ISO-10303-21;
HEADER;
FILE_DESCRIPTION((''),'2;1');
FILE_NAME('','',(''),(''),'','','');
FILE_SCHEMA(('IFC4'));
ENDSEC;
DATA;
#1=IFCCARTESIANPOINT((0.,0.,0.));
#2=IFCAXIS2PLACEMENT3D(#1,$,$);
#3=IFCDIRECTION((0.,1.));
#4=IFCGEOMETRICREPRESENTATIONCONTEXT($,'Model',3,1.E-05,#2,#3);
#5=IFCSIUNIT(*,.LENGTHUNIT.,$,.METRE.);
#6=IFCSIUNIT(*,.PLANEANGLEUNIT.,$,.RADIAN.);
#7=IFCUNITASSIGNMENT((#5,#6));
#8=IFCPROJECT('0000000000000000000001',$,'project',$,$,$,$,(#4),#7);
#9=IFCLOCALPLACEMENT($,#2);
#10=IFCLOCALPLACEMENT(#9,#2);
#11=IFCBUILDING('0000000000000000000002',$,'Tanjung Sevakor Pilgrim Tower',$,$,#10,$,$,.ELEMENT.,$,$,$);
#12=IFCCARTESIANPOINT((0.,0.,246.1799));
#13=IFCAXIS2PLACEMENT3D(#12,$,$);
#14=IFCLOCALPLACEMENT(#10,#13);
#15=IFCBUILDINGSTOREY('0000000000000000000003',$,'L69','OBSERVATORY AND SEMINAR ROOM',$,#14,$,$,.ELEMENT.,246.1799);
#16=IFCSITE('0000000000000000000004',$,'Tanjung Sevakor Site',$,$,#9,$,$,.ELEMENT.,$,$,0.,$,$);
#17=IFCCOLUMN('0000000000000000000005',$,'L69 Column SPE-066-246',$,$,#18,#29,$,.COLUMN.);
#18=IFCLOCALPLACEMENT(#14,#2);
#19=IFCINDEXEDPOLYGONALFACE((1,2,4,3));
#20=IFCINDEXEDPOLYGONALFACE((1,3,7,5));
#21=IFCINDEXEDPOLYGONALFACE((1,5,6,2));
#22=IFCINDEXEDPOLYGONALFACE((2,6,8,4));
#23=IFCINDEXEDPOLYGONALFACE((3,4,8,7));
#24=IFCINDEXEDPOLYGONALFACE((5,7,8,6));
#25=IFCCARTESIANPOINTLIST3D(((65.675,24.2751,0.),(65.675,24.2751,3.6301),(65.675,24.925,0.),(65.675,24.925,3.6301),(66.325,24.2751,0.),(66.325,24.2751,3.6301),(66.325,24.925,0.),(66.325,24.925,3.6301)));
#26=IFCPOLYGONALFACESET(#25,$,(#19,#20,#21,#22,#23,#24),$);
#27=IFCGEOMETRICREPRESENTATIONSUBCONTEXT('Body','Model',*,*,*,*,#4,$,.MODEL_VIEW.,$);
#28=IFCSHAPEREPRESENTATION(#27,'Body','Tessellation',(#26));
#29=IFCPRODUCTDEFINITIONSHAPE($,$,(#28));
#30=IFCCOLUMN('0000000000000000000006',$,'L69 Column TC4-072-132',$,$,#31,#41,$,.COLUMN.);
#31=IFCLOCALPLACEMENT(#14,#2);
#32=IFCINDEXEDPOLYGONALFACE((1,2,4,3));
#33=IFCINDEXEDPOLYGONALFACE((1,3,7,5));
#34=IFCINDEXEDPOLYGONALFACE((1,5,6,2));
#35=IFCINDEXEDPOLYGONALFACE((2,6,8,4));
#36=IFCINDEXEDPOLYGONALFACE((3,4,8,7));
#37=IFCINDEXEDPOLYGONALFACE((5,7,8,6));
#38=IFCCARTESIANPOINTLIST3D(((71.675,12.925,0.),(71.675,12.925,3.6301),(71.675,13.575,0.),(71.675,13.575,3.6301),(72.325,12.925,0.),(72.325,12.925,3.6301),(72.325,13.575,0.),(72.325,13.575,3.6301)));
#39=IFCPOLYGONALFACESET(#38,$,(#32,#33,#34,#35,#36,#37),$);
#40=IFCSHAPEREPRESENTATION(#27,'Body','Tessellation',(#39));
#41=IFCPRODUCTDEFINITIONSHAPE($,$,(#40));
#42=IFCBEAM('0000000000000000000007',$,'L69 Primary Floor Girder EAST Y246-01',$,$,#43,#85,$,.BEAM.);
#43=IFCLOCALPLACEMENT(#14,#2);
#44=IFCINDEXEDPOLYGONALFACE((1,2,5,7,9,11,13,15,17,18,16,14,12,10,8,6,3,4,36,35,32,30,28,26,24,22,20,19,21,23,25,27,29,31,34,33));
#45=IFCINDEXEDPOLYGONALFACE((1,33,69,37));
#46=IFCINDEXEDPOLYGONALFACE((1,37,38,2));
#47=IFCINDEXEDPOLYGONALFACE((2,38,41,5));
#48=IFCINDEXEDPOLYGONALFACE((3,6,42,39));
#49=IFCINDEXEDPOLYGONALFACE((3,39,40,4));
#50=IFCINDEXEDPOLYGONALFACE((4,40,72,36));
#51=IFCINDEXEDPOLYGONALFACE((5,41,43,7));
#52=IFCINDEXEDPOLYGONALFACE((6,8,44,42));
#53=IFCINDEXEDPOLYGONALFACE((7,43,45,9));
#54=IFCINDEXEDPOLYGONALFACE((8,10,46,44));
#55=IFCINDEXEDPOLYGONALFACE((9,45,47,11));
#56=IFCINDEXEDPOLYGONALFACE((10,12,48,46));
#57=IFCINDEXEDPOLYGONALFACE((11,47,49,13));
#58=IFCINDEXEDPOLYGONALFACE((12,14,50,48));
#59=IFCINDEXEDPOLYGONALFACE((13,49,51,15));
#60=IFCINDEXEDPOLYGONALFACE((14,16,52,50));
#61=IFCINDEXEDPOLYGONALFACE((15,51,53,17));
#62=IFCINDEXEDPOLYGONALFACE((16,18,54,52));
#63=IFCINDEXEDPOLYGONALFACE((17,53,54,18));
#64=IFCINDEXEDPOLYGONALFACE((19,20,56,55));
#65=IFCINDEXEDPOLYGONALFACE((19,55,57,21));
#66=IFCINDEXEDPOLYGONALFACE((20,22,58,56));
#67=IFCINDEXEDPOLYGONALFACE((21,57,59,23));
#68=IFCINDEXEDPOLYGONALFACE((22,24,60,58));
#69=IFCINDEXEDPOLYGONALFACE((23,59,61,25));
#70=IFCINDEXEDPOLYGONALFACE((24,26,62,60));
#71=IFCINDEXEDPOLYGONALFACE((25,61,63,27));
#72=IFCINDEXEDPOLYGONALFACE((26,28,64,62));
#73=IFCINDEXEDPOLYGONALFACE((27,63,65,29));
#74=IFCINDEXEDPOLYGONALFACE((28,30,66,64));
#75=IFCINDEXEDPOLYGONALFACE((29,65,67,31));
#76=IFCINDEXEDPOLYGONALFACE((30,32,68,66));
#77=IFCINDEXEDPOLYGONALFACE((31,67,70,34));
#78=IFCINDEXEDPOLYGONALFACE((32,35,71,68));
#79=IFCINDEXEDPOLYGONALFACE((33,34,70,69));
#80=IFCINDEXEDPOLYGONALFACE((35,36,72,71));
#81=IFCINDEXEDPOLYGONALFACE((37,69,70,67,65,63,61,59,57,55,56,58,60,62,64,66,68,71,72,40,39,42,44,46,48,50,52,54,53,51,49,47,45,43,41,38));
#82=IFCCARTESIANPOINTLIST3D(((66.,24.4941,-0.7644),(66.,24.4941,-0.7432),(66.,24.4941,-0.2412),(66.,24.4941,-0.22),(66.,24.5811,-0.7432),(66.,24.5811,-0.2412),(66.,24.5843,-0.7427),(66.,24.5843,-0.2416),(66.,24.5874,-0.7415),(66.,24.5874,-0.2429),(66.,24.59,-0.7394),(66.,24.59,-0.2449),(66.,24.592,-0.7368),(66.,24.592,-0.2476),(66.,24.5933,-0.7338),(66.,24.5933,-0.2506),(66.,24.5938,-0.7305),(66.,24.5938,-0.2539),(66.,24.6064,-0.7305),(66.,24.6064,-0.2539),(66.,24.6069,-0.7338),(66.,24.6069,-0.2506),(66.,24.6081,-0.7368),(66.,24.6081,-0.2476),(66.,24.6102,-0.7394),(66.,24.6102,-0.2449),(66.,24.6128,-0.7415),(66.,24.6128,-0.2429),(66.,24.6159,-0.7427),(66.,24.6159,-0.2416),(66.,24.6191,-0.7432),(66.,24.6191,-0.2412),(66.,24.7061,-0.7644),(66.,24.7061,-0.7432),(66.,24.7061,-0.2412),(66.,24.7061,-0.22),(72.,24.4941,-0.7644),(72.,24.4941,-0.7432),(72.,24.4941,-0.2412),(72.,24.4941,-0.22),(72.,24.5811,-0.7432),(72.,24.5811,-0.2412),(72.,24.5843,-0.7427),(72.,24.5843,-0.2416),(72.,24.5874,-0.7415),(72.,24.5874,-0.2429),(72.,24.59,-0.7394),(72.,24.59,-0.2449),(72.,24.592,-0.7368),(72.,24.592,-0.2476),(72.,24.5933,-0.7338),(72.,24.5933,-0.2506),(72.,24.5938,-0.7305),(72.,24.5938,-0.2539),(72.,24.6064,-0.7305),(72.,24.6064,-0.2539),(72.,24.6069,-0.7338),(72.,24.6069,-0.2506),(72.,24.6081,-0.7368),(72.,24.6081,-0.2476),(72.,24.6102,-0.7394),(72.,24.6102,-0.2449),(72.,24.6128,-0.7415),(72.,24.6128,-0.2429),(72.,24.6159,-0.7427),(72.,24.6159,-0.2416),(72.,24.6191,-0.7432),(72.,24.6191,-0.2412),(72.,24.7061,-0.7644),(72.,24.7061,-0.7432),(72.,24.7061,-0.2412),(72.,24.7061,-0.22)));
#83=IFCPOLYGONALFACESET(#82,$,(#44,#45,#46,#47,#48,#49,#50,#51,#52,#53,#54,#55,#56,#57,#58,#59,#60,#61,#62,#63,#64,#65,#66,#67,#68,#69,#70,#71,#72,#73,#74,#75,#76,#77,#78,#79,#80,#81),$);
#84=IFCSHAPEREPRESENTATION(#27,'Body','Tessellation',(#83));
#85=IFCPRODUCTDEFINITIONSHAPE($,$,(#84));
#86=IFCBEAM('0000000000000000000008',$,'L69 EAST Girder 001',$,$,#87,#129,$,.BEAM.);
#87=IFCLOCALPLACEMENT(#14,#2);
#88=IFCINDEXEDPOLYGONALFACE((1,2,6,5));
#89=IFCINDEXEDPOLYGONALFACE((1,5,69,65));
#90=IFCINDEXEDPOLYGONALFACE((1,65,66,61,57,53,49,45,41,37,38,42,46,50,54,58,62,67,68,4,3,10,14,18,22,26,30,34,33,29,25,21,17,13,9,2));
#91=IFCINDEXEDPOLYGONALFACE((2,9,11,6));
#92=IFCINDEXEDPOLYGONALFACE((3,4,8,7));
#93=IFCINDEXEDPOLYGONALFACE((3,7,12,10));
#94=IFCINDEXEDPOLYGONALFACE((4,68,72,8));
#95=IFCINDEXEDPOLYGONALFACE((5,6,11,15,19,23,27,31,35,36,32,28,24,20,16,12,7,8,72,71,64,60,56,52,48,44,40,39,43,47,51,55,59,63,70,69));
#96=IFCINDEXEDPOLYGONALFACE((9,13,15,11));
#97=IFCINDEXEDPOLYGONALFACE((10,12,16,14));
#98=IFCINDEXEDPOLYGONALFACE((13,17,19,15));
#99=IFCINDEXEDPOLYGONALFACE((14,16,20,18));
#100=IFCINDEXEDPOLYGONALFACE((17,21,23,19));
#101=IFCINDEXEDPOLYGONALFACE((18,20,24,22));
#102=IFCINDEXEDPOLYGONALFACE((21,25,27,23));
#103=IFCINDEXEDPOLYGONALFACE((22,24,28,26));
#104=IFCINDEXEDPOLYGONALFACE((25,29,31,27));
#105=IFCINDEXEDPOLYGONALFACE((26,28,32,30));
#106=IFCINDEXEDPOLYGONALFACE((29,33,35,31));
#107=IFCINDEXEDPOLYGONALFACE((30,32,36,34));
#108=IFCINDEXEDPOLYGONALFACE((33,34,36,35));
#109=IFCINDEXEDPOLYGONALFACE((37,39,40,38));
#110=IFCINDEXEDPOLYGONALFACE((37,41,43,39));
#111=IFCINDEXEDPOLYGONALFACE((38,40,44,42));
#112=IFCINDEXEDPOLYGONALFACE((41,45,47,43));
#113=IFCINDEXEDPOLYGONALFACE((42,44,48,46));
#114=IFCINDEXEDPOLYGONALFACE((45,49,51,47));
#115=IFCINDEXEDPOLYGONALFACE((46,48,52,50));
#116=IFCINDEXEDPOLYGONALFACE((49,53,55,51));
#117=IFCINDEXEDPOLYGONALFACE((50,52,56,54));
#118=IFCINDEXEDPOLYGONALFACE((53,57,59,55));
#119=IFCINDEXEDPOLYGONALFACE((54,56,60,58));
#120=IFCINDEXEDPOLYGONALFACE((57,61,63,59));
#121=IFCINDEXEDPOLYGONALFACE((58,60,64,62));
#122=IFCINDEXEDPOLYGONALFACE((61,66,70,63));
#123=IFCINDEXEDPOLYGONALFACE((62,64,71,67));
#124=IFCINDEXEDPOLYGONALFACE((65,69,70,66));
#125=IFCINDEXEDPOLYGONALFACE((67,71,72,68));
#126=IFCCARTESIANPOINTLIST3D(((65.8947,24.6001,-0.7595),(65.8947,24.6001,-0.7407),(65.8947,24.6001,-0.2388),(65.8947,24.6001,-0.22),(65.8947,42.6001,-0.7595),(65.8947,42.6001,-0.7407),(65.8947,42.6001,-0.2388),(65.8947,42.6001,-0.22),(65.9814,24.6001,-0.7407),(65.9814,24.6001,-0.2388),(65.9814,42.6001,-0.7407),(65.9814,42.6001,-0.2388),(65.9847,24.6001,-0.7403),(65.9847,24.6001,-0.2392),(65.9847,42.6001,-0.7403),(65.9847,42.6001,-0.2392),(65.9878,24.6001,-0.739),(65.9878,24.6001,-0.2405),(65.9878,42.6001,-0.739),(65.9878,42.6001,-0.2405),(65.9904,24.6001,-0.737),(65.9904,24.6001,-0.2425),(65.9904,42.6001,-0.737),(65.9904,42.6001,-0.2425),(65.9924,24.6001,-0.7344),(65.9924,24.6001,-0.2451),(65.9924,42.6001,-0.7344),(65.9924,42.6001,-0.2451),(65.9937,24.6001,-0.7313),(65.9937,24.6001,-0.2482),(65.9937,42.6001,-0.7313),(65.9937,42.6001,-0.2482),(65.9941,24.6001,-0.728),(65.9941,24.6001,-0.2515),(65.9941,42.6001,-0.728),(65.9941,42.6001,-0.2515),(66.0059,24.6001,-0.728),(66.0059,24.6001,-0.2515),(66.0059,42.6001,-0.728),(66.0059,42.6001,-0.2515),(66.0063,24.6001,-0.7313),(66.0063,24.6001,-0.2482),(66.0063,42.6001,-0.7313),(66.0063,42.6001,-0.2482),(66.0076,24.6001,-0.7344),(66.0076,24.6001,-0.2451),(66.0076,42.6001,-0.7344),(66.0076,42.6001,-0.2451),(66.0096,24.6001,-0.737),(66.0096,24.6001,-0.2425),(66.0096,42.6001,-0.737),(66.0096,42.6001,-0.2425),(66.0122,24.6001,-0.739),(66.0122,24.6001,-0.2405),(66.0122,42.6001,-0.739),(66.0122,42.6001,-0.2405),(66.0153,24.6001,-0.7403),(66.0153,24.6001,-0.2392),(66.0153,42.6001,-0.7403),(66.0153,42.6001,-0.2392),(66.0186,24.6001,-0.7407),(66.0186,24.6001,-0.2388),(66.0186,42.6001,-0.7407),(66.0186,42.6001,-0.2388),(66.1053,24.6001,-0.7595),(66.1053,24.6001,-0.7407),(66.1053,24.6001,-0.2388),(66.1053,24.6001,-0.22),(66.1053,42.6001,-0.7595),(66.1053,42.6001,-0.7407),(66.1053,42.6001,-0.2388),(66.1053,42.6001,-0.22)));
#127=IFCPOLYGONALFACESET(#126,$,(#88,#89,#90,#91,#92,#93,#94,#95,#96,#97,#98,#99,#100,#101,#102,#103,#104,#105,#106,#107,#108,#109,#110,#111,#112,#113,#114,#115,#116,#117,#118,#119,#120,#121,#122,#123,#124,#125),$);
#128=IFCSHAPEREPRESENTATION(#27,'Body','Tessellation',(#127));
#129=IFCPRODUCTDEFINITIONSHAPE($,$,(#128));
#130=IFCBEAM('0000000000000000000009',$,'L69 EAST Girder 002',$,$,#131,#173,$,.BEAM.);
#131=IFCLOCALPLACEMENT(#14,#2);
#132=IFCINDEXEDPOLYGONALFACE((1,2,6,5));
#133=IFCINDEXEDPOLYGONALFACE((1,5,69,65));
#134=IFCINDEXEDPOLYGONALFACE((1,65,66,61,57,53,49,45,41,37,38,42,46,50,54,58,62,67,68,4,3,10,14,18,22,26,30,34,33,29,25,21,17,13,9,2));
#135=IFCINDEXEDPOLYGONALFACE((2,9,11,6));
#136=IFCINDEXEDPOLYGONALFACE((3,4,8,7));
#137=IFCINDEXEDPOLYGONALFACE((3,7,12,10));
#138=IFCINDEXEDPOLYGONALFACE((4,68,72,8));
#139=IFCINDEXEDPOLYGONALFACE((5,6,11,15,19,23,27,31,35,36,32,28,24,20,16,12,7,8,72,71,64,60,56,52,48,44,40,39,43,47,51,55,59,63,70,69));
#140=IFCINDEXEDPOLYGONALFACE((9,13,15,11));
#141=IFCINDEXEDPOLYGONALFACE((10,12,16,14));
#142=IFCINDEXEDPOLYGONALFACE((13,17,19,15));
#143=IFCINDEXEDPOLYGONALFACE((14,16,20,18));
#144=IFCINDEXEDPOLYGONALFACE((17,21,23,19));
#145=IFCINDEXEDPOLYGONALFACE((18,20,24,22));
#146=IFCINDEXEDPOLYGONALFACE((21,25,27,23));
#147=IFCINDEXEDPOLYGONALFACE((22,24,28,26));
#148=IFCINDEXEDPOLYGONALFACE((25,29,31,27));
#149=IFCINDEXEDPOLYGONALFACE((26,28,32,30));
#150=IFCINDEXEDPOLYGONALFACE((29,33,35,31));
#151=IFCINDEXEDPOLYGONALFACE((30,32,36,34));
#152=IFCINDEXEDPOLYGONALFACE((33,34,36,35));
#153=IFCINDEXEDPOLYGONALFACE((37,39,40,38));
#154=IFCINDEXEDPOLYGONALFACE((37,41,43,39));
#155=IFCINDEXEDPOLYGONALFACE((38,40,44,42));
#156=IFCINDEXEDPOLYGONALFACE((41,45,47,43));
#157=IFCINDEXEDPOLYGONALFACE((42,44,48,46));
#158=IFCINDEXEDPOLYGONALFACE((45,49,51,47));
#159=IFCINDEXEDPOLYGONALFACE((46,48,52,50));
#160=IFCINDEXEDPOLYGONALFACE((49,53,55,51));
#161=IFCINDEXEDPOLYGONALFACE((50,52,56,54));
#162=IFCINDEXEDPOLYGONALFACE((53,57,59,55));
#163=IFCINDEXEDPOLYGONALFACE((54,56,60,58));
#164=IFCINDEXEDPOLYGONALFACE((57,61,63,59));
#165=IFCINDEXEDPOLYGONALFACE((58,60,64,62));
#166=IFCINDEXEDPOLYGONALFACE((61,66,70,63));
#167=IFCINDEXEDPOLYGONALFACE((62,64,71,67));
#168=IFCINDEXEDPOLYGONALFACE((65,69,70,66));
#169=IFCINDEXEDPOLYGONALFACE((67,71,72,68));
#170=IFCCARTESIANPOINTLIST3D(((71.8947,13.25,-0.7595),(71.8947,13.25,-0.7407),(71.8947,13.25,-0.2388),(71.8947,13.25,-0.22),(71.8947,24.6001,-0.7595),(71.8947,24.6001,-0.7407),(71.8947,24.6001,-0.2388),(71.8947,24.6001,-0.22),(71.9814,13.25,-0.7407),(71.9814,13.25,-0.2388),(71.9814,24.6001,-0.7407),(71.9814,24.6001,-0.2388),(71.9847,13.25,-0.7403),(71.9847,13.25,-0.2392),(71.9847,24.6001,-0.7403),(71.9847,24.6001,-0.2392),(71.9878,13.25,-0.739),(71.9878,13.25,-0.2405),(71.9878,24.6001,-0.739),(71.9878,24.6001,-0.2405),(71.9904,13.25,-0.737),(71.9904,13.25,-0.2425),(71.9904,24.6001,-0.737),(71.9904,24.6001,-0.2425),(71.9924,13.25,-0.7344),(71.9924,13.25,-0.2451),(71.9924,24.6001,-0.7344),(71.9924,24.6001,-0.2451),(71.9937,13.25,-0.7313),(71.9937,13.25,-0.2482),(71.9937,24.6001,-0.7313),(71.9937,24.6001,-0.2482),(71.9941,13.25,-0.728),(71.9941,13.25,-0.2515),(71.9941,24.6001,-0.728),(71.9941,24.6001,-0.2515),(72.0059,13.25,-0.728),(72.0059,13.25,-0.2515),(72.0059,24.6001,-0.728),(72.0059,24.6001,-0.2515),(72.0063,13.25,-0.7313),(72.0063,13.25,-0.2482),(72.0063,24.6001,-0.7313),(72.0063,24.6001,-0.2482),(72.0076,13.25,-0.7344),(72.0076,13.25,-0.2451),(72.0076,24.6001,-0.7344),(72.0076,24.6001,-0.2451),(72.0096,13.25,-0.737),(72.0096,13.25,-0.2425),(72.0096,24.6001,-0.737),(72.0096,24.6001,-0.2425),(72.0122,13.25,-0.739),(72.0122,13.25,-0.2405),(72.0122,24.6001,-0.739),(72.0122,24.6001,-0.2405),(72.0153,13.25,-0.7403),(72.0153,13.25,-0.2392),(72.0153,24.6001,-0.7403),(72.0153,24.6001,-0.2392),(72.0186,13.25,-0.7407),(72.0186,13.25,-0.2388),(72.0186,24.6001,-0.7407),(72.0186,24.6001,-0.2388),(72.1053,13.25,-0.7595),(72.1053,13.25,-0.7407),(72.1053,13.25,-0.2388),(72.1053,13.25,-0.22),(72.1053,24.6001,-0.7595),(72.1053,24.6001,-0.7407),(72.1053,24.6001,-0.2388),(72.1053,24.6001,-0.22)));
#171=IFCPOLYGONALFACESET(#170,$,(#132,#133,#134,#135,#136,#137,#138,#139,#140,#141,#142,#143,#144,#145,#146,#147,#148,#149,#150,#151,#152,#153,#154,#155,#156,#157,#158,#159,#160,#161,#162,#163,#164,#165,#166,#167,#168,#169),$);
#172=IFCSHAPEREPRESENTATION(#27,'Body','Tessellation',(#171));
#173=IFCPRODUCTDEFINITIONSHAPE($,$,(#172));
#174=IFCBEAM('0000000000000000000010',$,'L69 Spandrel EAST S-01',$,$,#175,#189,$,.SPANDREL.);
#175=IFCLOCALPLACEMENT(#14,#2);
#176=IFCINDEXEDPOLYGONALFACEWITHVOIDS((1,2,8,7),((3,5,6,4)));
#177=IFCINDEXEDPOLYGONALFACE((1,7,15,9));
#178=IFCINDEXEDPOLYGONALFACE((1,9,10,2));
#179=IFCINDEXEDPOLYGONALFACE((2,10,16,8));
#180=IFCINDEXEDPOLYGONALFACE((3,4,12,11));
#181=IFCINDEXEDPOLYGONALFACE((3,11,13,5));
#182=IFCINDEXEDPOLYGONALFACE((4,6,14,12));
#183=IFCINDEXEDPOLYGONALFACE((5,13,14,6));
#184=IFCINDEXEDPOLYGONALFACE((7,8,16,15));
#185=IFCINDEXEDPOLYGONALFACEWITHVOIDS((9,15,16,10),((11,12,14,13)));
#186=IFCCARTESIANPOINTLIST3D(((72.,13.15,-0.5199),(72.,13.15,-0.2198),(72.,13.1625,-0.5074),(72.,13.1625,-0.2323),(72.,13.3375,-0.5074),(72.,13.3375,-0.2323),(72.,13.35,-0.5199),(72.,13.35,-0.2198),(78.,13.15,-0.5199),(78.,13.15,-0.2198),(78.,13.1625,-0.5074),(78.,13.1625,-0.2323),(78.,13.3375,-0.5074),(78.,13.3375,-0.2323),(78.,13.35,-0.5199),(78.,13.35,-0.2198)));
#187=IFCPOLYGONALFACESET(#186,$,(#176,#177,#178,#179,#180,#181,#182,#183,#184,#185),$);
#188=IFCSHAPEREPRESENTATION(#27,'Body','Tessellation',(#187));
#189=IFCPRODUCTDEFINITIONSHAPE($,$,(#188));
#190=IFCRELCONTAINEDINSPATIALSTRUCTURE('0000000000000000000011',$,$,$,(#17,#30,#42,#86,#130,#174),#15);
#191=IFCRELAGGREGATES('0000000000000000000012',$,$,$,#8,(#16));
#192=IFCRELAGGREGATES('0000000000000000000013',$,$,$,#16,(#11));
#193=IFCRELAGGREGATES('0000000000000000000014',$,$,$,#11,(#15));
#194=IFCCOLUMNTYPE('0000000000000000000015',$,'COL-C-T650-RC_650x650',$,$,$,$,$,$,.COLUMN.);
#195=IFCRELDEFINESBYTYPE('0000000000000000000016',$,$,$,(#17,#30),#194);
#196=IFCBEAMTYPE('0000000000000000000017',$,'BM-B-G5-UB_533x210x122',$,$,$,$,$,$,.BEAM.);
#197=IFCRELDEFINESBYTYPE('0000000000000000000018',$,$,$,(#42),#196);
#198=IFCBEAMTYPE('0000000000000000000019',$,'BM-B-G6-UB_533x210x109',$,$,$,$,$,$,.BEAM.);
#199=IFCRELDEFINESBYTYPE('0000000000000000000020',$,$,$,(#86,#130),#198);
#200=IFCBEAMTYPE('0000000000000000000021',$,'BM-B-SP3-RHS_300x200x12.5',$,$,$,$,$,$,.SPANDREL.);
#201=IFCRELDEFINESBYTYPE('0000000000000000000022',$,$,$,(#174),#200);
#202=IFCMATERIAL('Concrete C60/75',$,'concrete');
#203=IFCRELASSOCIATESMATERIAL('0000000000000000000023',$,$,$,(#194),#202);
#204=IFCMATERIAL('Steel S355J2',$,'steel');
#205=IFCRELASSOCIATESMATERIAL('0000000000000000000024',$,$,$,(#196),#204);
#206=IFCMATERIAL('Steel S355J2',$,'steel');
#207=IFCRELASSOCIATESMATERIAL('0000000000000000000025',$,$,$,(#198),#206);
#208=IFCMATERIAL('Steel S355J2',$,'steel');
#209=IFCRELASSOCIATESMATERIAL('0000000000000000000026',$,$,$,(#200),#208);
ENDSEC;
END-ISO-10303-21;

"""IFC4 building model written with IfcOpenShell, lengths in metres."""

from ifc_helpers import new_model, si_unit, direction, frame, origin, origin_2d, place, context, subcontext, project, spatial, rectangle, hollow_rectangle, i_section, extrude, material, material_profile, profile_set, type_object, element, save


model = new_model("IFC4")

# Units and contexts
model_context = context("Model", 3, precision=1e-05, world=origin(), true_north=direction((0.0, 1.0)))
body_context = subcontext(model_context, "Body", "Model", "MODEL_VIEW")
ifc_project = project(units=[si_unit("LENGTHUNIT", "METRE"), si_unit("PLANEANGLEUNIT", "RADIAN")], contexts=[model_context])

# Site, building, storey
site_placement = place(None, origin())
site = spatial("IfcSite", under=ifc_project, at=site_placement, Name="Tanjung Sevakor Site", CompositionType="ELEMENT", RefElevation=0.0)
building_placement = place(site_placement, origin())
building = spatial("IfcBuilding", under=site, at=building_placement, Name="Tanjung Sevakor Pilgrim Tower", CompositionType="ELEMENT")
storey_placement = place(building_placement, frame((0.0, 0.0, 246.1799)))
storey = spatial("IfcBuildingStorey", under=building, at=storey_placement, Name="L69", Description="OBSERVATORY AND SEMINAR ROOM", CompositionType="ELEMENT", Elevation=246.1799)

# Columns
ifc_material_1 = material(Name="Concrete C60/75", Category="concrete")
ifc_material_profile_1 = material_profile(ifc_material_1, rectangle(XDim=0.6499, YDim=0.6499, at=origin_2d()))
ifc_profile_set_1 = profile_set([ifc_material_profile_1], Name="Concrete C60/75")
column_type = type_object("IfcColumnType", Name="COL-C-T650-RC_650x650", PredefinedType="COLUMN", material=ifc_profile_set_1)
for number, where, z_axis, x_axis, name in (
    (1, (66.0, 24.6001, 0.0), (0.0, 0.0, 1.0), (1.0, 0.0, 0.0), "L69 Column SPE-066-246"),
    (2, (72.0, 13.25, 0.0), (0.0, 0.0, 1.0), (1.0, 0.0, 0.0), "L69 Column TC4-072-132"),
):
    element("IfcColumn", number, at=place(storey_placement, frame(where, z_axis=z_axis, x_axis=x_axis)), inside=storey, type_object=column_type, Name=name, PredefinedType="COLUMN", context=body_context, shape_type="SweptSolid", body=[
        extrude(rectangle(XDim=0.6499, YDim=0.6499, at=origin_2d()), origin(), (0.0, 0.0, 1.0), 3.6301),
    ])

# Beams
ifc_material_2 = material(Name="Steel S355J2", Category="steel")
ifc_material_profile_2 = material_profile(ifc_material_2, i_section(OverallWidth=0.2119, OverallDepth=0.5444, WebThickness=0.0127, FlangeThickness=0.0212, FilletRadius=0.0127, at=origin_2d()))
ifc_profile_set_2 = profile_set([ifc_material_profile_2], Name="Steel S355J2")
beam_type_1 = type_object("IfcBeamType", Name="BM-B-G5-UB_533x210x122", PredefinedType="BEAM", material=ifc_profile_set_2)
beam_1_placement = place(storey_placement, frame((66.0, 24.6001, -0.4922), z_axis=(1.0, 0.0, 0.0), x_axis=(0.0, 1.0, 0.0)))
element("IfcBeam", 3, at=beam_1_placement, inside=storey, type_object=beam_type_1, Name="L69 Primary Floor Girder EAST Y246-01", PredefinedType="BEAM", context=body_context, shape_type="SweptSolid", body=[
    extrude(i_section(OverallWidth=0.2119, OverallDepth=0.5444, WebThickness=0.0127, FlangeThickness=0.0212, FilletRadius=0.0127, at=origin_2d()), origin(), (0.0, 0.0, 1.0), 6.0),
])
ifc_material_3 = material(Name="Steel S355J2", Category="steel")
ifc_material_profile_3 = material_profile(ifc_material_3, i_section(OverallWidth=0.2107, OverallDepth=0.5396, WebThickness=0.0117, FlangeThickness=0.0188, FilletRadius=0.0127, at=origin_2d()))
ifc_profile_set_3 = profile_set([ifc_material_profile_3], Name="Steel S355J2")
beam_type_2 = type_object("IfcBeamType", Name="BM-B-G6-UB_533x210x109", PredefinedType="BEAM", material=ifc_profile_set_3)
beam_2_placement = place(storey_placement, frame((66.0, 24.6001, -0.4897), z_axis=(0.0, 1.0, 0.0), x_axis=(-1.0, 0.0, 0.0)))
element("IfcBeam", 4, at=beam_2_placement, inside=storey, type_object=beam_type_2, Name="L69 EAST Girder 001", PredefinedType="BEAM", context=body_context, shape_type="SweptSolid", body=[
    extrude(i_section(OverallWidth=0.2107, OverallDepth=0.5396, WebThickness=0.0117, FlangeThickness=0.0188, FilletRadius=0.0127, at=origin_2d()), origin(), (0.0, 0.0, 1.0), 18.0),
])
beam_3_placement = place(storey_placement, frame((72.0, 13.25, -0.4897), z_axis=(0.0, 1.0, 0.0), x_axis=(-1.0, 0.0, 0.0)))
element("IfcBeam", 5, at=beam_3_placement, inside=storey, type_object=beam_type_2, Name="L69 EAST Girder 002", PredefinedType="BEAM", context=body_context, shape_type="SweptSolid", body=[
    extrude(i_section(OverallWidth=0.2107, OverallDepth=0.5396, WebThickness=0.0117, FlangeThickness=0.0188, FilletRadius=0.0127, at=origin_2d()), origin(), (0.0, 0.0, 1.0), 11.3501),
])
ifc_material_4 = material(Name="Steel S355J2", Category="steel")
ifc_material_profile_4 = material_profile(ifc_material_4, hollow_rectangle(XDim=0.2, YDim=0.3, WallThickness=0.0125, at=origin_2d()))
ifc_profile_set_4 = profile_set([ifc_material_profile_4], Name="Steel S355J2")
beam_type_3 = type_object("IfcBeamType", Name="BM-B-SP3-RHS_300x200x12.5", PredefinedType="SPANDREL", material=ifc_profile_set_4)
beam_4_placement = place(storey_placement, frame((72.0, 13.25, -0.3699), z_axis=(1.0, 0.0, 0.0), x_axis=(0.0, 1.0, 0.0)))
element("IfcBeam", 6, at=beam_4_placement, inside=storey, type_object=beam_type_3, Name="L69 Spandrel EAST S-01", PredefinedType="SPANDREL", context=body_context, shape_type="SweptSolid", body=[
    extrude(hollow_rectangle(XDim=0.2, YDim=0.3, WallThickness=0.0125, at=origin_2d()), origin(), (0.0, 0.0, 1.0), 6.0),
])

save(model, "model.ifc")
